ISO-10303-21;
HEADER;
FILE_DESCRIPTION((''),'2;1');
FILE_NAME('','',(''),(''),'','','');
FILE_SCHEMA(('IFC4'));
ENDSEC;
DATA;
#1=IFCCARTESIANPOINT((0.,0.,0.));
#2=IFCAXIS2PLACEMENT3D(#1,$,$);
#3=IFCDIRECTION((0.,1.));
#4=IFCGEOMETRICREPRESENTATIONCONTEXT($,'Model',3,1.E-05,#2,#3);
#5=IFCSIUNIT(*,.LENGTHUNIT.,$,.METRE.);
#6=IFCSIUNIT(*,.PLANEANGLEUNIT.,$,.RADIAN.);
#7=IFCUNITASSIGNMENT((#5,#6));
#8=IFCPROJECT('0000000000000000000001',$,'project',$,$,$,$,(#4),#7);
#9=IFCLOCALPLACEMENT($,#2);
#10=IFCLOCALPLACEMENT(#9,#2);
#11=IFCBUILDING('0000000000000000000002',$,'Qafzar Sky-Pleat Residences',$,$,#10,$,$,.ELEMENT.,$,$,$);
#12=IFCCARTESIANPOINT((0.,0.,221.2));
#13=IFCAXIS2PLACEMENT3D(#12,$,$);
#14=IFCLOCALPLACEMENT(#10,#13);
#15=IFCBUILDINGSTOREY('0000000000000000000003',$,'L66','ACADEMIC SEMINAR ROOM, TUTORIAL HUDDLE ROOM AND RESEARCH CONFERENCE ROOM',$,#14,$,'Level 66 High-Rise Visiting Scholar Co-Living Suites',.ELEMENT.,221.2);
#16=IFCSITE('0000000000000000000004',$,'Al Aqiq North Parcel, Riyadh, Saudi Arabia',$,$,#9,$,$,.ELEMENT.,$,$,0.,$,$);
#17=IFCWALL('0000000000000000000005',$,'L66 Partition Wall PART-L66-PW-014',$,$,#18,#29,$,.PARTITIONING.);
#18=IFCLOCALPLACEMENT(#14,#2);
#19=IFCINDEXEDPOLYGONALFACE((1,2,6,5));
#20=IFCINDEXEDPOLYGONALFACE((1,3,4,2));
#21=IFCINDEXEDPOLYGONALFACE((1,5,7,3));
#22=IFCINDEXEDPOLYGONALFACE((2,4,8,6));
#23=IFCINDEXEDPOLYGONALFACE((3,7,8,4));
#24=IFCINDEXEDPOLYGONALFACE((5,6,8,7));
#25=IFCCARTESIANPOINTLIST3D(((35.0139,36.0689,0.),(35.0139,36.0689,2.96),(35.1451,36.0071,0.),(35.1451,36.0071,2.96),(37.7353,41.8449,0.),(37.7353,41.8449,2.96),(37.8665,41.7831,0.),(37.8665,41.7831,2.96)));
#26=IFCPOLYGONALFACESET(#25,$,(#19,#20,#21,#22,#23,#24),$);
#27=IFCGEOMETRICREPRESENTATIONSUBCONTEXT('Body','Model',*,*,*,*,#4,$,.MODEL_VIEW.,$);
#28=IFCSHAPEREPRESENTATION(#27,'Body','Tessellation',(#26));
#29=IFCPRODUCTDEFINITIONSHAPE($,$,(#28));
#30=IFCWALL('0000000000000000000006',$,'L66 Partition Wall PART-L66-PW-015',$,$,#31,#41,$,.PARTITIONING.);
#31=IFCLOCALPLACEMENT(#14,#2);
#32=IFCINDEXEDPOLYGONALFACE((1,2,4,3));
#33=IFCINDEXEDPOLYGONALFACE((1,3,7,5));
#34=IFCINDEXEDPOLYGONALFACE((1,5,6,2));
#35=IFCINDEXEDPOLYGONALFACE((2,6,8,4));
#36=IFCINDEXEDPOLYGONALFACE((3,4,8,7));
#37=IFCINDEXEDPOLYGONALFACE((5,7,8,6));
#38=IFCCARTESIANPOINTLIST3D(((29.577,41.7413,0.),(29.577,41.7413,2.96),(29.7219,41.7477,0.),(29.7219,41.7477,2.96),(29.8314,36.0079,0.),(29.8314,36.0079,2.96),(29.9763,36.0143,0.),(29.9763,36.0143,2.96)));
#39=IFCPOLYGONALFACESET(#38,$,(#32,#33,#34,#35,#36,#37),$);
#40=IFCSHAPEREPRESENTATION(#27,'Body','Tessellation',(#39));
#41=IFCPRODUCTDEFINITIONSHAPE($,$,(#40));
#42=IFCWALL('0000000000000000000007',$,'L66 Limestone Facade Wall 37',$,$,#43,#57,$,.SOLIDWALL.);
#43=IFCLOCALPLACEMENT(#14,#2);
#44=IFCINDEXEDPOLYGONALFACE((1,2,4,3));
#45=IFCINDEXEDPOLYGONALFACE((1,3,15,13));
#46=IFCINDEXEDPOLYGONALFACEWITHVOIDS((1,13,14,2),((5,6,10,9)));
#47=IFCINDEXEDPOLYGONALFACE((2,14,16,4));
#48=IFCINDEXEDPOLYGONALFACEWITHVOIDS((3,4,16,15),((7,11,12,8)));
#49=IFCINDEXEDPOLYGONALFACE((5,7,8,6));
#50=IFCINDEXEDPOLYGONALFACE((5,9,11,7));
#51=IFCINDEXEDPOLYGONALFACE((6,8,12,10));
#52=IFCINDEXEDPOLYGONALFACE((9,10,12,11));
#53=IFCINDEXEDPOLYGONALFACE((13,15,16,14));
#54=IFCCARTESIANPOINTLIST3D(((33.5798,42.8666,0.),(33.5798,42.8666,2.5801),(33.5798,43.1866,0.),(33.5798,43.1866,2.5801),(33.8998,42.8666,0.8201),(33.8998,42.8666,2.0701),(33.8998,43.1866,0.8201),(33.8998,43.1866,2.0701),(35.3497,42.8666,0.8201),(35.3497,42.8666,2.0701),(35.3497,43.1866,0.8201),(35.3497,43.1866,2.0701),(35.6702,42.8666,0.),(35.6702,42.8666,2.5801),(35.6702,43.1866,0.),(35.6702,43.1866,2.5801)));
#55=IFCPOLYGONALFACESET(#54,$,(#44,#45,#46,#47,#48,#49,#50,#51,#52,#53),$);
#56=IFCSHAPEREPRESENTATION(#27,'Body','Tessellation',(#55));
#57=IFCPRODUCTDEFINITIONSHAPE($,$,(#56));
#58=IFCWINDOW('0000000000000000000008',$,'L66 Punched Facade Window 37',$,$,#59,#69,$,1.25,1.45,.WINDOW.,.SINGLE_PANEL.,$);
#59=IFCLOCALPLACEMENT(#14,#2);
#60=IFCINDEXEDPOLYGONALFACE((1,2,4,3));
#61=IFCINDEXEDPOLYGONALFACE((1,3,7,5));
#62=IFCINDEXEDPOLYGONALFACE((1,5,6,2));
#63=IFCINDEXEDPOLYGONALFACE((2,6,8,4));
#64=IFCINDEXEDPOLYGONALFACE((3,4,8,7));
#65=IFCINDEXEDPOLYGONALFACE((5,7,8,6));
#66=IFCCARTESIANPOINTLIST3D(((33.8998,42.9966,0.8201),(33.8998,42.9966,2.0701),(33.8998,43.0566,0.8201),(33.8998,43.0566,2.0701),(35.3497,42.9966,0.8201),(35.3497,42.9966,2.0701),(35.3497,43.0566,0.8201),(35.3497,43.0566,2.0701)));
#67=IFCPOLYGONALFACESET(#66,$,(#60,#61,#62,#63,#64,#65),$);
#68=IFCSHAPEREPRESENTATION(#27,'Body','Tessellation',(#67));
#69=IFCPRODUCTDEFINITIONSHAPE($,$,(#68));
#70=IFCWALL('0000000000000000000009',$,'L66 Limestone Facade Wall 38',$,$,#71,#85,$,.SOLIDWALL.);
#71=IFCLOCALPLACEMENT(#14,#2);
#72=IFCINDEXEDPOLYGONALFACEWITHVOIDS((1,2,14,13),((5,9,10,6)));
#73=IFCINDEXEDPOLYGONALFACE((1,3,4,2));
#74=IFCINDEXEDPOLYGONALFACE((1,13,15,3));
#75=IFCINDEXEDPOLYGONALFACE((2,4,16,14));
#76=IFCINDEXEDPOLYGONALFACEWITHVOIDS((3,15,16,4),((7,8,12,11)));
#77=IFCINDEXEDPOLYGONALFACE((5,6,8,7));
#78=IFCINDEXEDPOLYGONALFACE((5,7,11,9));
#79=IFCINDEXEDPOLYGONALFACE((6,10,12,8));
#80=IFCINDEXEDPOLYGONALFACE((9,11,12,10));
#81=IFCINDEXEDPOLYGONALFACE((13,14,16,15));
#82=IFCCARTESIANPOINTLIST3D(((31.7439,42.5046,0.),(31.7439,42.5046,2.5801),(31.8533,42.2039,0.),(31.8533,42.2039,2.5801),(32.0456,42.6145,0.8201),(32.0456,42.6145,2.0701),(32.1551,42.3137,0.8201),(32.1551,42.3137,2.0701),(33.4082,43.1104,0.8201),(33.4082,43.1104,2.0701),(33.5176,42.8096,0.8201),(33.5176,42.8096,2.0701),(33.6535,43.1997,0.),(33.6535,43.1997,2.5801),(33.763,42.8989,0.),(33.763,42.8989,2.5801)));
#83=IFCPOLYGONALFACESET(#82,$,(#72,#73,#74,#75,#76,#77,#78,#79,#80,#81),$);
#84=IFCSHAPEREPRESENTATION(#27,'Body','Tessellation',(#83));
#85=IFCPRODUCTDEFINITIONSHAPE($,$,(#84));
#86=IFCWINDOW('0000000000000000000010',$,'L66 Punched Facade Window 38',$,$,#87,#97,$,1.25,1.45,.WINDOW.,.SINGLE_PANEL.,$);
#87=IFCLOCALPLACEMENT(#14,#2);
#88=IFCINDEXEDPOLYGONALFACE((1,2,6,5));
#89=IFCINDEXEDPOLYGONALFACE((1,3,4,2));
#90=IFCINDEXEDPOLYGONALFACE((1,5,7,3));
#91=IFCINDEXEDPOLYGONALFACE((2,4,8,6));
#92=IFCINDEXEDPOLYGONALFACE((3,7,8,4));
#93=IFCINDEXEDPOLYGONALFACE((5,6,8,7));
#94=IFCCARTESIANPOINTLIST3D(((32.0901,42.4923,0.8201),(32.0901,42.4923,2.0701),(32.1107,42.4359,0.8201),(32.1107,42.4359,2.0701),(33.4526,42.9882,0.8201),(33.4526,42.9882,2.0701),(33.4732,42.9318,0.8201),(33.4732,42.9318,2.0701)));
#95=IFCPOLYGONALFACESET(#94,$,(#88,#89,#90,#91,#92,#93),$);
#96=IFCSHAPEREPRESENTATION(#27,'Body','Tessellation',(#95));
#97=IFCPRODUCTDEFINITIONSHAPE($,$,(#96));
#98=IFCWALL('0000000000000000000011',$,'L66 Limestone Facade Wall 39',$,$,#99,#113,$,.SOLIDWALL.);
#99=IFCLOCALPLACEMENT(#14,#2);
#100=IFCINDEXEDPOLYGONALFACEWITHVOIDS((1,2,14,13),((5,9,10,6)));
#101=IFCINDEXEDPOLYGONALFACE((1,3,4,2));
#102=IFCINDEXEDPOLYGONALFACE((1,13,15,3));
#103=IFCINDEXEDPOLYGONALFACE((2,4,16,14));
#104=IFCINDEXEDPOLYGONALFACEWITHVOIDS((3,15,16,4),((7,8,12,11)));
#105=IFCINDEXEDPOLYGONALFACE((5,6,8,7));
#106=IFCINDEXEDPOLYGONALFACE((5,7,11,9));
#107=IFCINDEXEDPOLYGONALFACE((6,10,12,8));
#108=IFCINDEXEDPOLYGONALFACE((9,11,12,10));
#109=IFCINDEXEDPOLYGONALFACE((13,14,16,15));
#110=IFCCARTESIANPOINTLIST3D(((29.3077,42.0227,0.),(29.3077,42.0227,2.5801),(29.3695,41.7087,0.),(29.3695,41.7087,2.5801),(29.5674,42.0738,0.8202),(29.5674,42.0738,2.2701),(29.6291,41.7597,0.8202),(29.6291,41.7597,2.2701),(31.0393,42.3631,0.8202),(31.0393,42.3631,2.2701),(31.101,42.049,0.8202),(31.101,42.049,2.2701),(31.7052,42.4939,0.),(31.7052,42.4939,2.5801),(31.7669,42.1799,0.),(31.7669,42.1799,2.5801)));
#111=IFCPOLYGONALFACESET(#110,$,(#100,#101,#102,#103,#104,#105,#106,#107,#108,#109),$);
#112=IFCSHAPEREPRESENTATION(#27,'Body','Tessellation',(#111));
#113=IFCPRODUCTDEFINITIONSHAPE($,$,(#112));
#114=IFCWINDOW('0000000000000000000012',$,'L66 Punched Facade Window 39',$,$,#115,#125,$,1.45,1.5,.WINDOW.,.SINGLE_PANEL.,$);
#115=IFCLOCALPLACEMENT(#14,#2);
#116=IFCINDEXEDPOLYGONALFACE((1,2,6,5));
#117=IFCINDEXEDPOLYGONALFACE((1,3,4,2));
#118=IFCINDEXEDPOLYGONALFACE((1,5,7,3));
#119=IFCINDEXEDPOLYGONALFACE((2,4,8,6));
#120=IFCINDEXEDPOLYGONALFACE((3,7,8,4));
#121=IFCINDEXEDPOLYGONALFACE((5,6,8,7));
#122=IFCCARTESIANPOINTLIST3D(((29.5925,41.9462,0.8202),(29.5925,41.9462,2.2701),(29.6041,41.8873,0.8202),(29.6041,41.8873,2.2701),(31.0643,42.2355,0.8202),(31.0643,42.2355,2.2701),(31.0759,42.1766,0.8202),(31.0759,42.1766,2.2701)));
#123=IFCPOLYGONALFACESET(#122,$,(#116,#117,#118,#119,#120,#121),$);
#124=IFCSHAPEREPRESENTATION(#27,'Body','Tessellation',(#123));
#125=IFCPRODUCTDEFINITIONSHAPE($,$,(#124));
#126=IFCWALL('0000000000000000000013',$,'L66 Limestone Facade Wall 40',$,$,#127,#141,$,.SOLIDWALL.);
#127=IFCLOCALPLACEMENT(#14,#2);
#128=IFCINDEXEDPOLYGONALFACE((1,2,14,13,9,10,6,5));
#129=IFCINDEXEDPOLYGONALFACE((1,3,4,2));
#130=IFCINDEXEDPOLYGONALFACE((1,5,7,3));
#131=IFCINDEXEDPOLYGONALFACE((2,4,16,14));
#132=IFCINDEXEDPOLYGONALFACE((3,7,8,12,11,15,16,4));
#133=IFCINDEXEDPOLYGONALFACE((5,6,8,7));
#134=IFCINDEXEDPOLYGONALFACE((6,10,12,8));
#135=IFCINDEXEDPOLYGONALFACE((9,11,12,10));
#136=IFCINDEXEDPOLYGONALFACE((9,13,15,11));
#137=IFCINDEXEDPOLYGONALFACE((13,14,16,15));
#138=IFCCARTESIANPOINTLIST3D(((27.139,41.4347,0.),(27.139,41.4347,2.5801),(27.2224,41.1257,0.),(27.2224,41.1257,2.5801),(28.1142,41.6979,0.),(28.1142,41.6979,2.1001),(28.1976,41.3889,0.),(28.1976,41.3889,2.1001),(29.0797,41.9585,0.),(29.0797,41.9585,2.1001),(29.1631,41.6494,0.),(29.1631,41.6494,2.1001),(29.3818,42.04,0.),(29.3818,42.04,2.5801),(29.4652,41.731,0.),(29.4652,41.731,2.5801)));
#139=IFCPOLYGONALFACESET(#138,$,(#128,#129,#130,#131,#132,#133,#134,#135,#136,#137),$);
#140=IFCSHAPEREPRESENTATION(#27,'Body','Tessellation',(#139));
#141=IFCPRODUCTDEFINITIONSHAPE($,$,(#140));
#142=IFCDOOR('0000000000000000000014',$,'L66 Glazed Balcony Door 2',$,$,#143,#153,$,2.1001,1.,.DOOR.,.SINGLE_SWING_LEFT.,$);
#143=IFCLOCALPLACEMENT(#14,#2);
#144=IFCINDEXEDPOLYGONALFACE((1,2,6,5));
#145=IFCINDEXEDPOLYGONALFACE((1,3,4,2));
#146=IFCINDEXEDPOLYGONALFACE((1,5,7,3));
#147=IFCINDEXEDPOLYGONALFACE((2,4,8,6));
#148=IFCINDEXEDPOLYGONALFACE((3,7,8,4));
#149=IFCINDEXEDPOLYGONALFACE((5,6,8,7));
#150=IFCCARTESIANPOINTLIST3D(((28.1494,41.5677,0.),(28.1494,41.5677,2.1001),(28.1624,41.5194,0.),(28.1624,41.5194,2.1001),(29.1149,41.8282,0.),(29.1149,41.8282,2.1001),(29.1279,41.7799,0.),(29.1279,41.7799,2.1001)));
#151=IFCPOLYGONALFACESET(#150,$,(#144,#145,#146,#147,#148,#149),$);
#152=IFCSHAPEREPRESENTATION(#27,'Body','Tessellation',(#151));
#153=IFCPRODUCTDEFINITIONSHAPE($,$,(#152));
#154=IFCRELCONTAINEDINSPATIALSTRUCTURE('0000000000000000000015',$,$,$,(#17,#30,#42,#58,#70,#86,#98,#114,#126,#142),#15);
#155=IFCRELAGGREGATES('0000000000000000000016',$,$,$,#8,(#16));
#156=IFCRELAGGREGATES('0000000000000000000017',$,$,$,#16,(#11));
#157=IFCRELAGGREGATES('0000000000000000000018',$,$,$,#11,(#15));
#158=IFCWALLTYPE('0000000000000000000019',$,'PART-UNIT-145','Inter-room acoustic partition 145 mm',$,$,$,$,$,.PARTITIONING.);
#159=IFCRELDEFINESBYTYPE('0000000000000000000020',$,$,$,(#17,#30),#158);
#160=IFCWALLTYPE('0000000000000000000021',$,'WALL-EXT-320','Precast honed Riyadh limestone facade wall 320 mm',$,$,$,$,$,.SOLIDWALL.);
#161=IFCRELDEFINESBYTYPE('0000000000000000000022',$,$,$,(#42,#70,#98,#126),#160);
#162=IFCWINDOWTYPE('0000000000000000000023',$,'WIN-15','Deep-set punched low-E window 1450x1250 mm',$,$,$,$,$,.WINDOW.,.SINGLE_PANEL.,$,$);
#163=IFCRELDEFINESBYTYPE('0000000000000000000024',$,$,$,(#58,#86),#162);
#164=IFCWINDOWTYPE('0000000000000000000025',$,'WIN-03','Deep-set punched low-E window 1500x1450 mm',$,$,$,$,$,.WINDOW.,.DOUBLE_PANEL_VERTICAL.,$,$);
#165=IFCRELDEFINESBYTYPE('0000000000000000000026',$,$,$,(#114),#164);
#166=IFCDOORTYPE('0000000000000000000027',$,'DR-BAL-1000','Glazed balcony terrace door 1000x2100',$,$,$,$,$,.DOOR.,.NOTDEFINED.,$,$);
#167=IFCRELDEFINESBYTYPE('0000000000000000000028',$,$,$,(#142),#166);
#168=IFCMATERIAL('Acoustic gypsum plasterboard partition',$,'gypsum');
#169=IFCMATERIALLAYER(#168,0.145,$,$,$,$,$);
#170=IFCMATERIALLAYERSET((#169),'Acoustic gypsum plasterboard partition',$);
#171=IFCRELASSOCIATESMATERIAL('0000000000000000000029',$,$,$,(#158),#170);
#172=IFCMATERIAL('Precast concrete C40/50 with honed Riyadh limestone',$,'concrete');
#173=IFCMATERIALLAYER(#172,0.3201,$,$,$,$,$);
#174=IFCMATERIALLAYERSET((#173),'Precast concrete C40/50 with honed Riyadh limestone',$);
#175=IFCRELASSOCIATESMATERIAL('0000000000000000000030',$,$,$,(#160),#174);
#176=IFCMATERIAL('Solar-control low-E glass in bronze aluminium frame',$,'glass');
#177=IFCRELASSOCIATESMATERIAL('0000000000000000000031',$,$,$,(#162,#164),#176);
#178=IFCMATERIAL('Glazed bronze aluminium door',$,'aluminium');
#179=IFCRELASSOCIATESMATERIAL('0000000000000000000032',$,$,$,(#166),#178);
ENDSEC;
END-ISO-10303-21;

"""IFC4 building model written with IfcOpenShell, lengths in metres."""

from ifc_helpers import new_model, si_unit, direction, frame, frame_2d, origin, place, context, subcontext, project, spatial, rectangle, extrude, source, transform, mapped, material, layer, layer_set, type_object, element, fill, save


model = new_model("IFC4")

# Units and contexts
model_context = context("Model", 3, precision=1e-05, world=origin(), true_north=direction((0.0, 1.0)))
body_context = subcontext(model_context, "Body", "Model", "MODEL_VIEW")
ifc_project = project(units=[si_unit("LENGTHUNIT", "METRE"), si_unit("PLANEANGLEUNIT", "RADIAN")], contexts=[model_context])

# Site, building, storey
site_placement = place(None, origin())
site = spatial("IfcSite", under=ifc_project, at=site_placement, Name="Al Aqiq North Parcel, Riyadh, Saudi Arabia", CompositionType="ELEMENT", RefElevation=0.0)
building_placement = place(site_placement, origin())
building = spatial("IfcBuilding", under=site, at=building_placement, Name="Qafzar Sky-Pleat Residences", CompositionType="ELEMENT")
storey_placement = place(building_placement, frame((0.0, 0.0, 221.2)))
storey = spatial("IfcBuildingStorey", under=building, at=storey_placement, Name="L66", Description="ACADEMIC SEMINAR ROOM, TUTORIAL HUDDLE ROOM AND RESEARCH CONFERENCE ROOM", LongName="Level 66 High-Rise Visiting Scholar Co-Living Suites", CompositionType="ELEMENT", Elevation=221.2)

# Shared definitions
ifc_material_1 = material(Name="Acoustic gypsum plasterboard partition", Category="gypsum")

# Walls
ifc_layer_1 = layer(ifc_material_1, 0.145)
ifc_layer_set_1 = layer_set([ifc_layer_1], Name="Acoustic gypsum plasterboard partition")
wall_type_1 = type_object("IfcWallType", Name="PART-UNIT-145", Description="Inter-room acoustic partition 145 mm", PredefinedType="PARTITIONING", material=ifc_layer_set_1)
wall_1_placement = place(storey_placement, frame((35.0796, 36.0381, 0.0), z_axis=(0.0, 0.0, 1.0), x_axis=(0.426215, 0.904622, 0.0)))
element("IfcWall", 1, at=wall_1_placement, inside=storey, type_object=wall_type_1, Name="L66 Partition Wall PART-L66-PW-014", PredefinedType="PARTITIONING", context=body_context, shape_type="SweptSolid", body=[
    extrude(rectangle(XDim=6.385, YDim=0.145, at=frame_2d((3.1924, 0.0))), origin(), (0.0, 0.0, 1.0), 2.96),
])
wall_2_placement = place(storey_placement, frame((29.6494, 41.7446, 0.0), z_axis=(0.0, 0.0, 1.0), x_axis=(0.044327, -0.999017, 0.0)))
element("IfcWall", 2, at=wall_2_placement, inside=storey, type_object=wall_type_1, Name="L66 Partition Wall PART-L66-PW-015", PredefinedType="PARTITIONING", context=body_context, shape_type="SweptSolid", body=[
    extrude(rectangle(XDim=5.739, YDim=0.145, at=frame_2d((2.8696, 0.0))), origin(), (0.0, 0.0, 1.0), 2.96),
])

# Walls, openings, windows
ifc_material_2 = material(Name="Precast concrete C40/50 with honed Riyadh limestone", Category="concrete")
ifc_layer_2 = layer(ifc_material_2, 0.3201)
ifc_layer_set_2 = layer_set([ifc_layer_2], Name="Precast concrete C40/50 with honed Riyadh limestone")
wall_type_2 = type_object("IfcWallType", Name="WALL-EXT-320", Description="Precast honed Riyadh limestone facade wall 320 mm", PredefinedType="SOLIDWALL", material=ifc_layer_set_2)
wall_3_placement = place(storey_placement, frame((35.6702, 43.0266, 0.0), z_axis=(0.0, 0.0, 1.0), x_axis=(-1.0, 0.0, 0.0)))
wall_3 = element("IfcWall", 3, at=wall_3_placement, inside=storey, type_object=wall_type_2, Name="L66 Limestone Facade Wall 37", PredefinedType="SOLIDWALL", context=body_context, shape_type="SweptSolid", body=[
    extrude(rectangle(XDim=2.0903, YDim=0.3201, at=frame_2d((1.0452, 0.0))), origin(), (0.0, 0.0, 1.0), 2.5801),
])
opening_1_placement = place(wall_3_placement, frame((0.3203, 0.0, 0.8201)))
opening_1 = element("IfcOpeningElement", 4, at=opening_1_placement, cuts=wall_3, PredefinedType="OPENING", context=body_context, shape_type="SweptSolid", body=[
    extrude(rectangle(XDim=1.45, YDim=1.25, at=frame_2d((0.7251, 0.625))), frame((0.0, 0.1699, 0.0), z_axis=(0.0, -1.0, 0.0), x_axis=(1.0, 0.0, 0.0)), (0.0, 0.0, 1.0), 0.3401),
])
ifc_material_3 = material(Name="Solar-control low-E glass in bronze aluminium frame", Category="glass")
window_type_1 = type_object("IfcWindowType", Name="WIN-15", Description="Deep-set punched low-E window 1450x1250 mm", PartitioningType="SINGLE_PANEL", PredefinedType="WINDOW", material=ifc_material_3)
shared_shape_1 = source(origin(), body_context, "Body", "SweptSolid", [
    extrude(rectangle(XDim=1.45, YDim=1.25, at=frame_2d((0.7251, 0.625))), frame((0.0, 0.03, 0.0), z_axis=(0.0, -1.0, 0.0), x_axis=(1.0, 0.0, 0.0)), (0.0, 0.0, 1.0), 0.0601),
])
window_1_placement = place(opening_1_placement, origin())
window_1 = element("IfcWindow", 5, at=window_1_placement, inside=storey, type_object=window_type_1, Name="L66 Punched Facade Window 37", OverallHeight=1.25, OverallWidth=1.45, PartitioningType="SINGLE_PANEL", PredefinedType="WINDOW", context=body_context, shape_type="MappedRepresentation", body=[
    mapped(shared_shape_1, transform((0.0, 0.0, 0.0), x_axis=(1.0, 0.0, 0.0), y_axis=(0.0, 1.0, 0.0), z_axis=(0.0, 0.0, 1.0), scale=1.0)),
])
fill(opening_1, window_1)
wall_4_placement = place(storey_placement, frame((33.7083, 43.0493, 0.0), z_axis=(0.0, 0.0, 1.0), x_axis=(-0.939692, -0.342023, 0.0)))
wall_4 = element("IfcWall", 6, at=wall_4_placement, inside=storey, type_object=wall_type_2, Name="L66 Limestone Facade Wall 38", PredefinedType="SOLIDWALL", context=body_context, shape_type="SweptSolid", body=[
    extrude(rectangle(XDim=2.0322, YDim=0.3201, at=frame_2d((1.0161, 0.0))), origin(), (0.0, 0.0, 1.0), 2.5801),
])
opening_2_placement = place(wall_4_placement, frame((0.261, 0.0, 0.8201)))
opening_2 = element("IfcOpeningElement", 7, at=opening_2_placement, cuts=wall_4, PredefinedType="OPENING", context=body_context, shape_type="SweptSolid", body=[
    extrude(rectangle(XDim=1.45, YDim=1.25, at=frame_2d((0.7251, 0.625))), frame((0.0, 0.1699, 0.0), z_axis=(0.0, -1.0, 0.0), x_axis=(1.0, 0.0, 0.0)), (0.0, 0.0, 1.0), 0.3401),
])
window_2_placement = place(opening_2_placement, origin())
window_2 = element("IfcWindow", 8, at=window_2_placement, inside=storey, type_object=window_type_1, Name="L66 Punched Facade Window 38", OverallHeight=1.25, OverallWidth=1.45, PartitioningType="SINGLE_PANEL", PredefinedType="WINDOW", context=body_context, shape_type="MappedRepresentation", body=[
    mapped(shared_shape_1, transform((0.0, 0.0, 0.0), x_axis=(1.0, 0.0, 0.0), y_axis=(0.0, 1.0, 0.0), z_axis=(0.0, 0.0, 1.0), scale=1.0)),
])
fill(opening_2, window_2)
wall_5_placement = place(storey_placement, frame((31.7361, 42.3369, 0.0), z_axis=(0.0, 0.0, 1.0), x_axis=(-0.981229, -0.192848, 0.0)))
wall_5 = element("IfcWall", 9, at=wall_5_placement, inside=storey, type_object=wall_type_2, Name="L66 Limestone Facade Wall 39", PredefinedType="SOLIDWALL", context=body_context, shape_type="SweptSolid", body=[
    extrude(rectangle(XDim=2.4434, YDim=0.3201, at=frame_2d((1.2217, 0.0))), origin(), (0.0, 0.0, 1.0), 2.5801),
])
opening_3_placement = place(wall_5_placement, frame((0.6787, 0.0, 0.8201)))
opening_3 = element("IfcOpeningElement", 10, at=opening_3_placement, cuts=wall_5, PredefinedType="OPENING", context=body_context, shape_type="SweptSolid", body=[
    extrude(rectangle(XDim=1.5, YDim=1.45, at=frame_2d((0.75, 0.7251))), frame((0.0, 0.1699, 0.0), z_axis=(0.0, -1.0, 0.0), x_axis=(1.0, 0.0, 0.0)), (0.0, 0.0, 1.0), 0.3401),
])
window_type_2 = type_object("IfcWindowType", Name="WIN-03", Description="Deep-set punched low-E window 1500x1450 mm", PartitioningType="DOUBLE_PANEL_VERTICAL", PredefinedType="WINDOW", material=ifc_material_3)
shared_shape_2 = source(origin(), body_context, "Body", "SweptSolid", [
    extrude(rectangle(XDim=1.5, YDim=1.45, at=frame_2d((0.75, 0.7251))), frame((0.0, 0.03, 0.0), z_axis=(0.0, -1.0, 0.0), x_axis=(1.0, 0.0, 0.0)), (0.0, 0.0, 1.0), 0.0601),
])
window_3_placement = place(opening_3_placement, origin())
window_3 = element("IfcWindow", 11, at=window_3_placement, inside=storey, type_object=window_type_2, Name="L66 Punched Facade Window 39", OverallHeight=1.45, OverallWidth=1.5, PartitioningType="SINGLE_PANEL", PredefinedType="WINDOW", context=body_context, shape_type="MappedRepresentation", body=[
    mapped(shared_shape_2, transform((0.0, 0.0, 0.0), x_axis=(1.0, 0.0, 0.0), y_axis=(0.0, 1.0, 0.0), z_axis=(0.0, 0.0, 1.0), scale=1.0)),
])
fill(opening_3, window_3)

# Wall, opening, door
wall_6_placement = place(storey_placement, frame((29.4236, 41.8855, 0.0), z_axis=(0.0, 0.0, 1.0), x_axis=(-0.965461, -0.260546, 0.0)))
wall_6 = element("IfcWall", 12, at=wall_6_placement, inside=storey, type_object=wall_type_2, Name="L66 Limestone Facade Wall 40", PredefinedType="SOLIDWALL", context=body_context, shape_type="SweptSolid", body=[
    extrude(rectangle(XDim=2.323, YDim=0.3201, at=frame_2d((1.1616, 0.0))), origin(), (0.0, 0.0, 1.0), 2.5801),
])
opening_4_placement = place(wall_6_placement, frame((0.313, 0.0, 0.0)))
opening_4 = element("IfcOpeningElement", 13, at=opening_4_placement, cuts=wall_6, PredefinedType="OPENING", context=body_context, shape_type="SweptSolid", body=[
    extrude(rectangle(XDim=1.0, YDim=2.1001, at=frame_2d((0.5, 1.05))), frame((0.0, 0.1699, 0.0), z_axis=(0.0, -1.0, 0.0), x_axis=(1.0, 0.0, 0.0)), (0.0, 0.0, 1.0), 0.3401),
])
ifc_material_4 = material(Name="Glazed bronze aluminium door", Category="aluminium")
door_type_1 = type_object("IfcDoorType", Name="DR-BAL-1000", Description="Glazed balcony terrace door 1000x2100", OperationType="NOTDEFINED", PredefinedType="DOOR", material=ifc_material_4)
shared_shape_3 = source(origin(), body_context, "Body", "SweptSolid", [
    extrude(rectangle(XDim=1.0, YDim=2.1001, at=frame_2d((0.5, 1.05))), frame((0.0, 0.0249, 0.0), z_axis=(0.0, -1.0, 0.0), x_axis=(1.0, 0.0, 0.0)), (0.0, 0.0, 1.0), 0.05),
])
door_1_placement = place(opening_4_placement, origin())
door_1 = element("IfcDoor", 14, at=door_1_placement, inside=storey, type_object=door_type_1, Name="L66 Glazed Balcony Door 2", OperationType="SINGLE_SWING_LEFT", OverallHeight=2.1001, OverallWidth=1.0, PredefinedType="DOOR", context=body_context, shape_type="MappedRepresentation", body=[
    mapped(shared_shape_3, transform((0.0, 0.0, 0.0), x_axis=(1.0, 0.0, 0.0), y_axis=(0.0, 1.0, 0.0), z_axis=(0.0, 0.0, 1.0), scale=1.0)),
])
fill(opening_4, door_1)

save(model, "model.ifc")
